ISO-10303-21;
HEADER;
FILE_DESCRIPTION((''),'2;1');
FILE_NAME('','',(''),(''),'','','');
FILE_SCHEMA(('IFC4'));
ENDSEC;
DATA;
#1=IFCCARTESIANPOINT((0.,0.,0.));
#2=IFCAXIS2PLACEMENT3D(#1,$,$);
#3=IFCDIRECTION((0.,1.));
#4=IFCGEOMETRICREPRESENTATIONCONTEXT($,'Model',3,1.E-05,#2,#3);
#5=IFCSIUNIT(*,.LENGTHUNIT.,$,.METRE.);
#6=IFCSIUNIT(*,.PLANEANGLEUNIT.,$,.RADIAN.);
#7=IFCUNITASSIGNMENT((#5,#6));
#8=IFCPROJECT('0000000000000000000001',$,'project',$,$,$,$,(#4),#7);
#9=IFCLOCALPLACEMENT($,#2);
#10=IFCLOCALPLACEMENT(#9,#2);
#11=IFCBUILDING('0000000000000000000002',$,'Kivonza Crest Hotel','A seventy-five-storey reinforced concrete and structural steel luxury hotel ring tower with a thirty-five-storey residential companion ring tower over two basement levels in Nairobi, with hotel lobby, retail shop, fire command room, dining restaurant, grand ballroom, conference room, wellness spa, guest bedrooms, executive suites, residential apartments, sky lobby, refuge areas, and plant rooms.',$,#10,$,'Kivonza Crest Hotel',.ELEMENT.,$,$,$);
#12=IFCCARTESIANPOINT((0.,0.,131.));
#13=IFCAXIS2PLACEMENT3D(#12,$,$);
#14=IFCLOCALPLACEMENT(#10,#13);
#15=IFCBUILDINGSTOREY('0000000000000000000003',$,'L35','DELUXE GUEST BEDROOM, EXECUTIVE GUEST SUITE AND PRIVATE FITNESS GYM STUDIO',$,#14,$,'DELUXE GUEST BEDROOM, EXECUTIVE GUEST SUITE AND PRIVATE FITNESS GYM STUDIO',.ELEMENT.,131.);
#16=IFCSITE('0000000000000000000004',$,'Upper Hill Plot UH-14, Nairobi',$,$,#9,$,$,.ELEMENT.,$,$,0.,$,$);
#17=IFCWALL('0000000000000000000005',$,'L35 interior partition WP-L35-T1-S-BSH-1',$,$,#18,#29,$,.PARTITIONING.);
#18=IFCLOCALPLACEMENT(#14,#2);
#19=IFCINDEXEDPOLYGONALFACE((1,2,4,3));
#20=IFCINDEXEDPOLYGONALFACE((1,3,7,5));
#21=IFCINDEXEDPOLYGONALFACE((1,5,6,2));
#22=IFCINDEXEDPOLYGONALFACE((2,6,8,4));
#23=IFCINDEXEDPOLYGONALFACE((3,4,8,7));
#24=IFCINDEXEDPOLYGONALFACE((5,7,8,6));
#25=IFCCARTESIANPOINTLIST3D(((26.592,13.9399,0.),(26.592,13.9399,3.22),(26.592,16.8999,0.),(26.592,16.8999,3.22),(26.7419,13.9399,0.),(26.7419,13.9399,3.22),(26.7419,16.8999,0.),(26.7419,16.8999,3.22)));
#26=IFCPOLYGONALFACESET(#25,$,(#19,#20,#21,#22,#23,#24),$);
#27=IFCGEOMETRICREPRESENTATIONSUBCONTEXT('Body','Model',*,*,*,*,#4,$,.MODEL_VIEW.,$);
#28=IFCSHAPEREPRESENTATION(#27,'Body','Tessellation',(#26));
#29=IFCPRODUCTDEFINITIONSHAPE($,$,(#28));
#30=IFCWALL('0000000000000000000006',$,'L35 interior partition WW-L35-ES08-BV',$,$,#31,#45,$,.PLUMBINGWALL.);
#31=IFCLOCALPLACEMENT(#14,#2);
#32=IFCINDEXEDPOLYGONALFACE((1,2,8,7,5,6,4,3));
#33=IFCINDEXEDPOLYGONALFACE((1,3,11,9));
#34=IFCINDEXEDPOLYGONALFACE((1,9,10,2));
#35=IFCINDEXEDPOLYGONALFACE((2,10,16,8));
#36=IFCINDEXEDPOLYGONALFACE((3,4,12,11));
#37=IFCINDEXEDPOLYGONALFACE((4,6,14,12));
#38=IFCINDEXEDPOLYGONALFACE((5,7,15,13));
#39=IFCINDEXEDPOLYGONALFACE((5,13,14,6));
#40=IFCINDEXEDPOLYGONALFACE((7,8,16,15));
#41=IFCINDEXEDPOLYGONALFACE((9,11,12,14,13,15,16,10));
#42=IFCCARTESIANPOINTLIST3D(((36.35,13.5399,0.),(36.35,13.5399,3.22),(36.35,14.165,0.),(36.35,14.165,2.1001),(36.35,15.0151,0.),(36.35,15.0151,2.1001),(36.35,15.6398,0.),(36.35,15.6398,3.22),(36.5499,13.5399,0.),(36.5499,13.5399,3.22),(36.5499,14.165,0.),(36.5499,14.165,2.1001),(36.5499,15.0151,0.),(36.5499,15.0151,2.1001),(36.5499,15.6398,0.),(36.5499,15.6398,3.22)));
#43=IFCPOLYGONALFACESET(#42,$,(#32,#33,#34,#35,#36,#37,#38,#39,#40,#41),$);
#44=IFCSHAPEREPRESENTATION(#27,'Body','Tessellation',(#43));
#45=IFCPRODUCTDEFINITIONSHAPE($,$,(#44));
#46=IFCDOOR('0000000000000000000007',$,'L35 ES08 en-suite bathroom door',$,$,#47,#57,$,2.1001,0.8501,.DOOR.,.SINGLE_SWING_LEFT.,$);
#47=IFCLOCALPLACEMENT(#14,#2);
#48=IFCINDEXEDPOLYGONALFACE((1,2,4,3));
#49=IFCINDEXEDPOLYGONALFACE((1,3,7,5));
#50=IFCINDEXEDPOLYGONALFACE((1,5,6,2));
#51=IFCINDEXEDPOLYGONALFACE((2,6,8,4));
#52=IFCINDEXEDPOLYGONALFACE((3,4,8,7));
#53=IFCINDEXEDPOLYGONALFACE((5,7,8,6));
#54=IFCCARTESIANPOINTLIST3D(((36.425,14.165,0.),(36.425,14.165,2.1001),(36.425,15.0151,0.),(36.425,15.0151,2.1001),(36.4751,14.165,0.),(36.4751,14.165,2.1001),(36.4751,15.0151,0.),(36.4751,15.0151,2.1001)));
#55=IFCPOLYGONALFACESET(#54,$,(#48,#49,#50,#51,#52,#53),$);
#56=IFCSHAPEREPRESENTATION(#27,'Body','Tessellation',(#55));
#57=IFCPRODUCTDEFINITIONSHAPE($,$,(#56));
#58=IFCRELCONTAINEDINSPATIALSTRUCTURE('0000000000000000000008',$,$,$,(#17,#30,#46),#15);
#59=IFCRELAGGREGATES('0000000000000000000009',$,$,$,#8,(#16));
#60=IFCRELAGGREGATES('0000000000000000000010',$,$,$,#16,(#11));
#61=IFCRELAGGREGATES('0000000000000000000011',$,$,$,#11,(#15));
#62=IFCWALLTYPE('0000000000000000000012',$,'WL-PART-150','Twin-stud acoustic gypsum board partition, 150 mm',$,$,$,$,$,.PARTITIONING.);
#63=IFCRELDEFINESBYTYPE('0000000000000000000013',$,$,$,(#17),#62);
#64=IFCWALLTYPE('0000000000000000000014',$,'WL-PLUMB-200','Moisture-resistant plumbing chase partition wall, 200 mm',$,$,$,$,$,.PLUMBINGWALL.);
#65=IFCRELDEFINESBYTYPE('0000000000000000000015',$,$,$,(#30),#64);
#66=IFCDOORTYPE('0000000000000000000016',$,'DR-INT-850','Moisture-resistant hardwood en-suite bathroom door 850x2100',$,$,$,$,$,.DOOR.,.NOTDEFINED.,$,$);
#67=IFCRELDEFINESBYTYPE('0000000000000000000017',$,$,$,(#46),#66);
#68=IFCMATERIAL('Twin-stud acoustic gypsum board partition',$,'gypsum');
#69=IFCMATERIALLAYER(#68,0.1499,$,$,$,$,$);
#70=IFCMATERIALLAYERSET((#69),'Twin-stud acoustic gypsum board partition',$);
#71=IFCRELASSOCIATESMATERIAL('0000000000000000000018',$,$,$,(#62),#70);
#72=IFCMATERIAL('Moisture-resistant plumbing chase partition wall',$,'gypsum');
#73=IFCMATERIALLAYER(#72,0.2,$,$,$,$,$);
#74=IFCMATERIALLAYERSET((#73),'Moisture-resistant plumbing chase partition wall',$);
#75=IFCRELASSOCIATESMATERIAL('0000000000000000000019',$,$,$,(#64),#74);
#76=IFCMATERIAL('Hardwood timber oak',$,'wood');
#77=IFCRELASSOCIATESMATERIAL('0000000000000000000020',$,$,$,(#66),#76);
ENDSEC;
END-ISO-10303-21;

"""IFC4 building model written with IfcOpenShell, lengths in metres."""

from ifc_helpers import new_model, si_unit, direction, frame, frame_2d, origin, place, context, subcontext, project, spatial, rectangle, extrude, material, layer, layer_set, type_object, element, fill, save


model = new_model("IFC4")

# Units and contexts
model_context = context("Model", 3, precision=1e-05, world=origin(), true_north=direction((0.0, 1.0)))
body_context = subcontext(model_context, "Body", "Model", "MODEL_VIEW")
ifc_project = project(units=[si_unit("LENGTHUNIT", "METRE"), si_unit("PLANEANGLEUNIT", "RADIAN")], contexts=[model_context])

# Site, building, storey
site_placement = place(None, origin())
site = spatial("IfcSite", under=ifc_project, at=site_placement, Name="Upper Hill Plot UH-14, Nairobi", CompositionType="ELEMENT", RefElevation=0.0)
building_placement = place(site_placement, origin())
building = spatial("IfcBuilding", under=site, at=building_placement, Name="Kivonza Crest Hotel", Description="A seventy-five-storey reinforced concrete and structural steel luxury hotel ring tower with a thirty-five-storey residential companion ring tower over two basement levels in Nairobi, with hotel lobby, retail shop, fire command room, dining restaurant, grand ballroom, conference room, wellness spa, guest bedrooms, executive suites, residential apartments, sky lobby, refuge areas, and plant rooms.", LongName="Kivonza Crest Hotel", CompositionType="ELEMENT")
storey_placement = place(building_placement, frame((0.0, 0.0, 131.0)))
storey = spatial("IfcBuildingStorey", under=building, at=storey_placement, Name="L35", Description="DELUXE GUEST BEDROOM, EXECUTIVE GUEST SUITE AND PRIVATE FITNESS GYM STUDIO", LongName="DELUXE GUEST BEDROOM, EXECUTIVE GUEST SUITE AND PRIVATE FITNESS GYM STUDIO", CompositionType="ELEMENT", Elevation=131.0)

# Shared definitions
ifc_material_1 = material(Name="Hardwood timber oak", Category="wood")

# Wall
ifc_material_2 = material(Name="Twin-stud acoustic gypsum board partition", Category="gypsum")
ifc_layer_1 = layer(ifc_material_2, 0.1499)
ifc_layer_set_1 = layer_set([ifc_layer_1], Name="Twin-stud acoustic gypsum board partition")
wall_type_1 = type_object("IfcWallType", Name="WL-PART-150", Description="Twin-stud acoustic gypsum board partition, 150 mm", PredefinedType="PARTITIONING", material=ifc_layer_set_1)
wall_1_placement = place(storey_placement, frame((26.667, 13.9399, 0.0), z_axis=(0.0, 0.0, 1.0), x_axis=(0.0, 1.0, 0.0)))
element("IfcWall", 1, at=wall_1_placement, inside=storey, type_object=wall_type_1, Name="L35 interior partition WP-L35-T1-S-BSH-1", PredefinedType="PARTITIONING", context=body_context, shape_type="SweptSolid", body=[
    extrude(rectangle(XDim=2.96, YDim=0.1499, at=frame_2d((1.48, 0.0))), origin(), (0.0, 0.0, 1.0), 3.22),
])

# Wall, opening, door
ifc_material_3 = material(Name="Moisture-resistant plumbing chase partition wall", Category="gypsum")
ifc_layer_2 = layer(ifc_material_3, 0.2)
ifc_layer_set_2 = layer_set([ifc_layer_2], Name="Moisture-resistant plumbing chase partition wall")
wall_type_2 = type_object("IfcWallType", Name="WL-PLUMB-200", Description="Moisture-resistant plumbing chase partition wall, 200 mm", PredefinedType="PLUMBINGWALL", material=ifc_layer_set_2)
wall_2_placement = place(storey_placement, frame((36.45, 13.54, 0.0), z_axis=(0.0, 0.0, 1.0), x_axis=(0.0, 1.0, 0.0)))
wall_2 = element("IfcWall", 2, at=wall_2_placement, inside=storey, type_object=wall_type_2, Name="L35 interior partition WW-L35-ES08-BV", PredefinedType="PLUMBINGWALL", context=body_context, shape_type="SweptSolid", body=[
    extrude(rectangle(XDim=2.0999, YDim=0.2, at=frame_2d((1.0498, 0.0))), origin(), (0.0, 0.0, 1.0), 3.22),
])
opening_1_placement = place(wall_2_placement, frame((0.625, 0.0, 0.0)))
opening_1 = element("IfcOpeningElement", 3, at=opening_1_placement, cuts=wall_2, PredefinedType="OPENING", context=body_context, shape_type="SweptSolid", body=[
    extrude(rectangle(XDim=0.8501, YDim=2.1001, at=frame_2d((0.425, 1.05))), frame((0.0, 0.1099, 0.0), z_axis=(0.0, -1.0, 0.0), x_axis=(1.0, 0.0, 0.0)), (0.0, 0.0, 1.0), 0.22),
])
door_type_1 = type_object("IfcDoorType", Name="DR-INT-850", Description="Moisture-resistant hardwood en-suite bathroom door 850x2100", OperationType="NOTDEFINED", PredefinedType="DOOR", material=ifc_material_1)
door_1_placement = place(opening_1_placement, origin())
door_1 = element("IfcDoor", 4, at=door_1_placement, inside=storey, type_object=door_type_1, Name="L35 ES08 en-suite bathroom door", OperationType="SINGLE_SWING_LEFT", OverallHeight=2.1001, OverallWidth=0.8501, PredefinedType="DOOR", context=body_context, shape_type="SweptSolid", body=[
    extrude(rectangle(XDim=0.8501, YDim=2.1001, at=frame_2d((0.425, 1.05))), frame((0.0, 0.0249, 0.0), z_axis=(0.0, -1.0, 0.0), x_axis=(1.0, 0.0, 0.0)), (0.0, 0.0, 1.0), 0.05),
])
fill(opening_1, door_1)

save(model, "model.ifc")
